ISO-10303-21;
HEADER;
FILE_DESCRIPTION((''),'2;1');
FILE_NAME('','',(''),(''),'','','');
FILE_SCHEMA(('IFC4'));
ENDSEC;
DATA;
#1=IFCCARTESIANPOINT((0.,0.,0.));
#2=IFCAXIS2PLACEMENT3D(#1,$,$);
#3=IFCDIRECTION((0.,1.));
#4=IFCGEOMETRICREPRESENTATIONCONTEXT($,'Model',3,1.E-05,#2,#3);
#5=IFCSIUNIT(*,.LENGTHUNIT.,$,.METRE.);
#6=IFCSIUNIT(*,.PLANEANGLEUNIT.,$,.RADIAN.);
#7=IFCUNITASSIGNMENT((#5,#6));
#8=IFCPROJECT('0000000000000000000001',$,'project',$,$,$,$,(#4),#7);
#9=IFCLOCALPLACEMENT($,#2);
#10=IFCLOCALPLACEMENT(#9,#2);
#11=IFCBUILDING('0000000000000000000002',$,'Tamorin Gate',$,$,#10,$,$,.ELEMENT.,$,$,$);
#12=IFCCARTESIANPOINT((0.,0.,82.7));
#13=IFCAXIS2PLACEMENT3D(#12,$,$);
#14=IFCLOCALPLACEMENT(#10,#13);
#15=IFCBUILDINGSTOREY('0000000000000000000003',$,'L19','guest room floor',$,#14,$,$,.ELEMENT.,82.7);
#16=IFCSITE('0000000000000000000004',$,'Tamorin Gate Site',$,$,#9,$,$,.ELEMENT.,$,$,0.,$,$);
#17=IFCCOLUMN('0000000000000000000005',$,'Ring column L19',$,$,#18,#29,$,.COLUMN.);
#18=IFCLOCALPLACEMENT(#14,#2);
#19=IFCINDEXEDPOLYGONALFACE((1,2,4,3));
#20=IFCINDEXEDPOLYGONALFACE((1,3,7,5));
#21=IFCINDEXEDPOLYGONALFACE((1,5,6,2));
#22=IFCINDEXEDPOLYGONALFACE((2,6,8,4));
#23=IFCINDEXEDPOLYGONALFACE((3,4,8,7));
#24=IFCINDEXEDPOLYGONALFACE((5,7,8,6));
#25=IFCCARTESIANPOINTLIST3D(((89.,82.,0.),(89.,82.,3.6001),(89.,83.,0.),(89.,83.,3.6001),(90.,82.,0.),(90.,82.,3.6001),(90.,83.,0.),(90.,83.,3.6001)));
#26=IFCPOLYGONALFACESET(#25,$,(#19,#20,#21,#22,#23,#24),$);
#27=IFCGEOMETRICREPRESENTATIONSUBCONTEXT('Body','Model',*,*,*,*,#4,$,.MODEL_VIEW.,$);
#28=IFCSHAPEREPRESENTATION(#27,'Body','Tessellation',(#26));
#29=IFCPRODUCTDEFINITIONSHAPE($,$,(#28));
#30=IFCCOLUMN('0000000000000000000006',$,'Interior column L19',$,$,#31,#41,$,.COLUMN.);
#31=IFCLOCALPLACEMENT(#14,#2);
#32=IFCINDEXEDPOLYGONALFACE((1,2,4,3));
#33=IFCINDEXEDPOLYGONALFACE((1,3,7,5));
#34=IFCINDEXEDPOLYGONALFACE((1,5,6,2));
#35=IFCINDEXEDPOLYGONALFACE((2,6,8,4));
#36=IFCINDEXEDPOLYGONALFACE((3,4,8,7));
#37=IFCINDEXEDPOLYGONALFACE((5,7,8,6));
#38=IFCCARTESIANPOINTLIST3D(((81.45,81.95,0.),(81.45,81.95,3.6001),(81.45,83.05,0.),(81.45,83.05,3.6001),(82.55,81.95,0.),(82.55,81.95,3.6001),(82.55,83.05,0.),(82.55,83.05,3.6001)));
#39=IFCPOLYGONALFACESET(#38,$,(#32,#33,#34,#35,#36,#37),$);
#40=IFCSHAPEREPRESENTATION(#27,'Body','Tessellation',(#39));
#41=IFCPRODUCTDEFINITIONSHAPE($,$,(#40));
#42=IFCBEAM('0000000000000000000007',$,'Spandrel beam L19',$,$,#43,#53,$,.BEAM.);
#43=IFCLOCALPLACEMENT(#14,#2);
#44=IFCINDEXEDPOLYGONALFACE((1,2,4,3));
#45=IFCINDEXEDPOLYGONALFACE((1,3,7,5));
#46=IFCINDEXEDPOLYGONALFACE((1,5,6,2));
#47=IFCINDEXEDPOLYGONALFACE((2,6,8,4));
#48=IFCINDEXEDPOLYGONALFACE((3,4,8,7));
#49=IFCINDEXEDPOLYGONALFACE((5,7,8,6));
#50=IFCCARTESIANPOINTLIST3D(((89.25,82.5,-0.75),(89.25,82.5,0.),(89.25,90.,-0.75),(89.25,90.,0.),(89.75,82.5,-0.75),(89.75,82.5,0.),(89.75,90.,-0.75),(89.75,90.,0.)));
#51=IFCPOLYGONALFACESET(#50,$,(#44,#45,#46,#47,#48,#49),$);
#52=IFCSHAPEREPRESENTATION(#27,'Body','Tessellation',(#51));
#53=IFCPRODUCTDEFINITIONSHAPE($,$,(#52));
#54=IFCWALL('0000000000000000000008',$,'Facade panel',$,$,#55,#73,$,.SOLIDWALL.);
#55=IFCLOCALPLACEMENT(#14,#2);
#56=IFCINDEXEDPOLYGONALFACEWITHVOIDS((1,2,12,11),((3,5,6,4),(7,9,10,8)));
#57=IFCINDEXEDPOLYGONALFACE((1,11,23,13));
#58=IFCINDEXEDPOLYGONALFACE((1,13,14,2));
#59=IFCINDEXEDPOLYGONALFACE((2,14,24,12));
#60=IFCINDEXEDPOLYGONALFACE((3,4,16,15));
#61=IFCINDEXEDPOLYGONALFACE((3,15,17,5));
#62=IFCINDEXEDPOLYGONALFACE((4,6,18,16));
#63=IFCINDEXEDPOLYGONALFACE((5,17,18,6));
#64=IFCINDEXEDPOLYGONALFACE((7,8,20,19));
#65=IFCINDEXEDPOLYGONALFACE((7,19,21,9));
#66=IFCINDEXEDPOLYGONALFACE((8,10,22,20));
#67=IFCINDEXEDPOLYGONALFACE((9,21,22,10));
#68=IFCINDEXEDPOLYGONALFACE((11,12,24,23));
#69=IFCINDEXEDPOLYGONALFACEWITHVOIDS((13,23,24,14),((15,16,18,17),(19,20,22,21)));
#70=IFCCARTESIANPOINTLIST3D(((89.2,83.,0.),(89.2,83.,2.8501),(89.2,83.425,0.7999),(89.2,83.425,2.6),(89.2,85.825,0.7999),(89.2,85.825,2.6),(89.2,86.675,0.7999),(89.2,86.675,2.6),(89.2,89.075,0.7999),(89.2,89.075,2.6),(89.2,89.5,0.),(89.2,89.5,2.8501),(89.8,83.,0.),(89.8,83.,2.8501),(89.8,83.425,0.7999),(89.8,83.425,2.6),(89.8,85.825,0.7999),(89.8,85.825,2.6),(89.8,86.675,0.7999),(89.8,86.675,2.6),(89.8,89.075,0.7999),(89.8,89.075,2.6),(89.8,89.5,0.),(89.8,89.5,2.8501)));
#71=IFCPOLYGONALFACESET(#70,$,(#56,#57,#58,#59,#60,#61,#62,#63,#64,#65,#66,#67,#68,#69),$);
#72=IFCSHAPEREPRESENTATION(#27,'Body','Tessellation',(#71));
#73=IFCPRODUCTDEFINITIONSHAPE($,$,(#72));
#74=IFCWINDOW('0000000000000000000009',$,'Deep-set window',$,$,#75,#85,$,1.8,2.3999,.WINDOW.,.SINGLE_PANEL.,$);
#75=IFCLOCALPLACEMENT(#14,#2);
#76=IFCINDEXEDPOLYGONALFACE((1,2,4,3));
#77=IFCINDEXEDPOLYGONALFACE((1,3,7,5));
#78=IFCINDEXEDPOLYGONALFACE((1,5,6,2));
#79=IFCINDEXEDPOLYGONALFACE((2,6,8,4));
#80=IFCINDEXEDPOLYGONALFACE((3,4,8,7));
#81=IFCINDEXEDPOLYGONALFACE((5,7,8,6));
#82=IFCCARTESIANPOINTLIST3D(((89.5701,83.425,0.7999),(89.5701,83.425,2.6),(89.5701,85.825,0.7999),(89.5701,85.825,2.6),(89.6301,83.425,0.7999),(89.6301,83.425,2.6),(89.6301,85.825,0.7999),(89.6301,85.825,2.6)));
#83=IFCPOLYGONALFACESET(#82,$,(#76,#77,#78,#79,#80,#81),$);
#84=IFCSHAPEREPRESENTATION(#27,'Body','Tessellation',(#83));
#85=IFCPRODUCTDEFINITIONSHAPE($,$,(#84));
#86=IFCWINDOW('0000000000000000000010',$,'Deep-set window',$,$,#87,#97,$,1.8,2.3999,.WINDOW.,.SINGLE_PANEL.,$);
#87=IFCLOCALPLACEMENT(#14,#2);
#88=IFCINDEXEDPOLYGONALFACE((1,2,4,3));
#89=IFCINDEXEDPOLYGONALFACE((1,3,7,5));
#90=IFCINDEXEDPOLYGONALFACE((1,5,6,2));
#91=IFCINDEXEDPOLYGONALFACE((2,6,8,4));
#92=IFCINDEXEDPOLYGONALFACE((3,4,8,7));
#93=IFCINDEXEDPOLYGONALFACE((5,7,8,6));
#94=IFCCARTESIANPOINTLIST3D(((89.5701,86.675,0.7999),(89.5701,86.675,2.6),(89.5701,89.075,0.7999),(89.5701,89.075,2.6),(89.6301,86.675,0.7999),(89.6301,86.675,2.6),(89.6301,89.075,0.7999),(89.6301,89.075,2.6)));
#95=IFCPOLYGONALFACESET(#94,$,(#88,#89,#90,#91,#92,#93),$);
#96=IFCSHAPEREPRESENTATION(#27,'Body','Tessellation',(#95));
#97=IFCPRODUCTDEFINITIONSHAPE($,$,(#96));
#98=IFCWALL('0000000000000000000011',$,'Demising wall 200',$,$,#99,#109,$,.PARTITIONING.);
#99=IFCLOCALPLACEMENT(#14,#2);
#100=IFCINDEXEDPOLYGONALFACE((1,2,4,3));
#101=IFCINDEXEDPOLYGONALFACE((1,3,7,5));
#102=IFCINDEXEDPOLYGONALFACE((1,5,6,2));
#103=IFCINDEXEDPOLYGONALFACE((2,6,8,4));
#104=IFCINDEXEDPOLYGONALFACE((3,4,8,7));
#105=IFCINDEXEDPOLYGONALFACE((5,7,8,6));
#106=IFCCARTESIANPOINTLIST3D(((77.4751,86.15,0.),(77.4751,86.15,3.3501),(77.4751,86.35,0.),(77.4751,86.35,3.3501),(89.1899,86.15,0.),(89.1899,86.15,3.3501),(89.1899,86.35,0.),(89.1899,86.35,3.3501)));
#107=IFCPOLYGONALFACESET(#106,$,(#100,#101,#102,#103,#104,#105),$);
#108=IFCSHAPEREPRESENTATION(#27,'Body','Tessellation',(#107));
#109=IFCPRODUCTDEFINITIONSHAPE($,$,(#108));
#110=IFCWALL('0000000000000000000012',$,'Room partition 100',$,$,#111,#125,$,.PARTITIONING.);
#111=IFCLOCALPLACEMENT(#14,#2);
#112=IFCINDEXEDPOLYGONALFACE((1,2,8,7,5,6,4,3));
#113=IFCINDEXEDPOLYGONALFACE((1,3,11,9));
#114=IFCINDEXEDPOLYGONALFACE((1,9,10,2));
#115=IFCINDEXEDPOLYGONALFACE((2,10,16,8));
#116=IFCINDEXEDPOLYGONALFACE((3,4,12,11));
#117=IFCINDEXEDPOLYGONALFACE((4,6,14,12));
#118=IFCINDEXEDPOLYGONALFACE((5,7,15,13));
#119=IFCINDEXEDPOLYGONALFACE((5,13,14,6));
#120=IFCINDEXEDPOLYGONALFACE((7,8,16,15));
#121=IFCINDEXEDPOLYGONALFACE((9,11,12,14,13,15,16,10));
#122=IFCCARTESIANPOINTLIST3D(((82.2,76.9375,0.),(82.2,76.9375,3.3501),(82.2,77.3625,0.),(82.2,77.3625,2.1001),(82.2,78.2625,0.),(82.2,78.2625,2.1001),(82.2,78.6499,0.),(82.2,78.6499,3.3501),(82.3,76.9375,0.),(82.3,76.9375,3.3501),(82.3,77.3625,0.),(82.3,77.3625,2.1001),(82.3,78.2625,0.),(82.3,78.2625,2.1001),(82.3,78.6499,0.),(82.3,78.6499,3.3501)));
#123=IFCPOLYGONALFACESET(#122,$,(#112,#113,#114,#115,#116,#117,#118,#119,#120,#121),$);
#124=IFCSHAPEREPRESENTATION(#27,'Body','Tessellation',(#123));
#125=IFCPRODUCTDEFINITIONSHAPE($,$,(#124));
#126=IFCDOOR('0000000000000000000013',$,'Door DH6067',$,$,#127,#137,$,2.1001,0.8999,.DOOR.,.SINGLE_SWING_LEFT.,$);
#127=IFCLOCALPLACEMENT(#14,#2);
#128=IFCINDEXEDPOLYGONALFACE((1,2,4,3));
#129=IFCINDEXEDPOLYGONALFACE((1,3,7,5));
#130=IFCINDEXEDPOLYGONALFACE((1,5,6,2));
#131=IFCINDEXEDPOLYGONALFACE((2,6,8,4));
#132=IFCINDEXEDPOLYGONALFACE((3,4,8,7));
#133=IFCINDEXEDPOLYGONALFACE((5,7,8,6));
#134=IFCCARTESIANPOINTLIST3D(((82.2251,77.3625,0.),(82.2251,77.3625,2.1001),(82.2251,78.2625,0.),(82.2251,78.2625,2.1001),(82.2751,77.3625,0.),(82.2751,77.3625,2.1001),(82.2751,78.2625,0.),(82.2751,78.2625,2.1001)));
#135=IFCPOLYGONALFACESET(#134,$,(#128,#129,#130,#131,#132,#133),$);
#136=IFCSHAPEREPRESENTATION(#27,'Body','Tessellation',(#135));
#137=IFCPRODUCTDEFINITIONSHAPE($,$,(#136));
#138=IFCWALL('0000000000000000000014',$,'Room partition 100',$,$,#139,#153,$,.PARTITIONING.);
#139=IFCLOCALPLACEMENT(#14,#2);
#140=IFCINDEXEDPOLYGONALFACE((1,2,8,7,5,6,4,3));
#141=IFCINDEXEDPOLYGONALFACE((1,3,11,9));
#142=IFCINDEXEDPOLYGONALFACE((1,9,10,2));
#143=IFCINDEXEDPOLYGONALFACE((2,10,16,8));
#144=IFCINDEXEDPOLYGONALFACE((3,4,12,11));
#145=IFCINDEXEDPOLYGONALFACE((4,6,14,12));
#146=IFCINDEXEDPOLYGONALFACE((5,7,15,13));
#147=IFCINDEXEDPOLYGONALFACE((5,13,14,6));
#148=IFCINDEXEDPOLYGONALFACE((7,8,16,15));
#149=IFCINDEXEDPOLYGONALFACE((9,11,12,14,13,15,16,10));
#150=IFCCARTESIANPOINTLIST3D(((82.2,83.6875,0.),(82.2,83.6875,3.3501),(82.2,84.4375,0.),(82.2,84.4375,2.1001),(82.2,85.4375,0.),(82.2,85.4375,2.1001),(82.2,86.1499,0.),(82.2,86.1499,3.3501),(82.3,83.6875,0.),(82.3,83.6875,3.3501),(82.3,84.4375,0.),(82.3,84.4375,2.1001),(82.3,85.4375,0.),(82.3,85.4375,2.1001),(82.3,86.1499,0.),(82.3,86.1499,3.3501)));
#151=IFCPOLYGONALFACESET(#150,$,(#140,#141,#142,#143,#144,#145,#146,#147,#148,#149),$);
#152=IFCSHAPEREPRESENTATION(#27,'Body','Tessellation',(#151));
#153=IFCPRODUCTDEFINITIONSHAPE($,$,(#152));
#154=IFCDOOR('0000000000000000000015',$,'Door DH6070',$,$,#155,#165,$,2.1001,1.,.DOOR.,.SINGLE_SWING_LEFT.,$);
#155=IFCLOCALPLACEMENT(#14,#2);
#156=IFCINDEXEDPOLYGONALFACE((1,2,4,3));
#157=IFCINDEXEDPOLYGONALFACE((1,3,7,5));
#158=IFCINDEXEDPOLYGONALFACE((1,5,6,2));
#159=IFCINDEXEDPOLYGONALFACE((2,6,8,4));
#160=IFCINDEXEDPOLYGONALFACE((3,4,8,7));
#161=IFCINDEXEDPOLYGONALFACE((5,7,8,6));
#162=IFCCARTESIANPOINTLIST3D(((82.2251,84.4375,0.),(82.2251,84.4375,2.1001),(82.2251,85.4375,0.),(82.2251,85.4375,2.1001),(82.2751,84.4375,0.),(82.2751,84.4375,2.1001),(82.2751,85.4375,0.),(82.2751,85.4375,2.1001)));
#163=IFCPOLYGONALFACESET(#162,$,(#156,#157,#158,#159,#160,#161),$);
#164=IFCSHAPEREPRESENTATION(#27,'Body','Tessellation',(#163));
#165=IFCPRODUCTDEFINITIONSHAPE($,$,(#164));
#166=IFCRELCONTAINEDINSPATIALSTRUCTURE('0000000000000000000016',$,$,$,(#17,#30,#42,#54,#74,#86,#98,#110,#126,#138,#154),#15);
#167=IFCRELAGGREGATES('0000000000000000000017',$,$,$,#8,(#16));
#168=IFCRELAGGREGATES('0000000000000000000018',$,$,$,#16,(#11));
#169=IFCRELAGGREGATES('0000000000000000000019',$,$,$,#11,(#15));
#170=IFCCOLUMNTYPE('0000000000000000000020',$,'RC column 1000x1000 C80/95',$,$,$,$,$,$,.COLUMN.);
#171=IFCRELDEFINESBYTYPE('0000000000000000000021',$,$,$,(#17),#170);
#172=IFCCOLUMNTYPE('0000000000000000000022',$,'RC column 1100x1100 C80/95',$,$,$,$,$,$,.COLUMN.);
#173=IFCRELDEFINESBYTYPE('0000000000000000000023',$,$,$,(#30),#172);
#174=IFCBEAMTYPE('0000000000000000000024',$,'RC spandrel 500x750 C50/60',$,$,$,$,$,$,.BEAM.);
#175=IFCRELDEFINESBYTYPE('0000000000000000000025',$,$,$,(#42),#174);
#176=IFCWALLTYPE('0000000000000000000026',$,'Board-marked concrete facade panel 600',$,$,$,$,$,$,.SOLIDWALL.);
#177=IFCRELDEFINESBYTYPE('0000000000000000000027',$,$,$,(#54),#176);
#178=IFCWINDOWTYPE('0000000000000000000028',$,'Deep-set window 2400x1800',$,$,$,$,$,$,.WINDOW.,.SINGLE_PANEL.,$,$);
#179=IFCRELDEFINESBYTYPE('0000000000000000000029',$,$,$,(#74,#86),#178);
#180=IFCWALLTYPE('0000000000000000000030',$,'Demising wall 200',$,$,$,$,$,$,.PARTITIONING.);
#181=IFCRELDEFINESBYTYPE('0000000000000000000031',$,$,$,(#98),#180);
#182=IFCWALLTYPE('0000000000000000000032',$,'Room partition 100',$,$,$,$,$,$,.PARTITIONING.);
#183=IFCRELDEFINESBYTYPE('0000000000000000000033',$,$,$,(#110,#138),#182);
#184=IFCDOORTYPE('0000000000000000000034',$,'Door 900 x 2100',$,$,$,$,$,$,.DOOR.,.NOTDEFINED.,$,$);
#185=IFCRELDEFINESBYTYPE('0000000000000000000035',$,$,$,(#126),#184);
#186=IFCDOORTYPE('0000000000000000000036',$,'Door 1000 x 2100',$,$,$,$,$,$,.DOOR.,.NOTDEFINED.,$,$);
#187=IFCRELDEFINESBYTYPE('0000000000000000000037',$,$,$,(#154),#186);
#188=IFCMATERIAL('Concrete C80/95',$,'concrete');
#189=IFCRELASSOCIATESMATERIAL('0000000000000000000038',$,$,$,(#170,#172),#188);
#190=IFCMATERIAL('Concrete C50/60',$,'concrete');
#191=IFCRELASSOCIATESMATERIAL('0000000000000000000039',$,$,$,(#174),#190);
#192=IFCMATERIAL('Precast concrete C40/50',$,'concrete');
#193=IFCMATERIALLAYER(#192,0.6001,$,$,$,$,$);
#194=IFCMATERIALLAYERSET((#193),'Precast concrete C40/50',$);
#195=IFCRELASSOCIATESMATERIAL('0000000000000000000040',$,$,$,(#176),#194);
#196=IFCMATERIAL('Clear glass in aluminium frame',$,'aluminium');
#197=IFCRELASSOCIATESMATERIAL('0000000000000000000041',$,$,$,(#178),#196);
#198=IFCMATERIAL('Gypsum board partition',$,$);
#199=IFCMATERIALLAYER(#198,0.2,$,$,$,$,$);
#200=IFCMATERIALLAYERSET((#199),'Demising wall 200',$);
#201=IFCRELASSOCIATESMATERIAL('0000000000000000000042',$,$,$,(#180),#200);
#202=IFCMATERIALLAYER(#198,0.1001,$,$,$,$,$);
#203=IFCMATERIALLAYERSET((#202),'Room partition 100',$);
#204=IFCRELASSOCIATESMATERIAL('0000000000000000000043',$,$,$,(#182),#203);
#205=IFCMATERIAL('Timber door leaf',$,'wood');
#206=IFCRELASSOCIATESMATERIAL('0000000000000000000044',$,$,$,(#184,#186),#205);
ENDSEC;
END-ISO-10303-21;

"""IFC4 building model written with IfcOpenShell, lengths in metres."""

from ifc_helpers import new_model, si_unit, direction, frame, frame_2d, origin, origin_2d, place, context, subcontext, project, spatial, rectangle, extrude, material, layer, layer_set, material_profile, profile_set, type_object, element, fill, save


model = new_model("IFC4")

# Units and contexts
model_context = context("Model", 3, precision=1e-05, world=origin(), true_north=direction((0.0, 1.0)))
body_context = subcontext(model_context, "Body", "Model", "MODEL_VIEW")
ifc_project = project(units=[si_unit("LENGTHUNIT", "METRE"), si_unit("PLANEANGLEUNIT", "RADIAN")], contexts=[model_context])

# Site, building, storey
site_placement = place(None, origin())
site = spatial("IfcSite", under=ifc_project, at=site_placement, Name="Tamorin Gate Site", CompositionType="ELEMENT", RefElevation=0.0)
building_placement = place(site_placement, origin())
building = spatial("IfcBuilding", under=site, at=building_placement, Name="Tamorin Gate", CompositionType="ELEMENT")
storey_placement = place(building_placement, frame((0.0, 0.0, 82.7)))
storey = spatial("IfcBuildingStorey", under=building, at=storey_placement, Name="L19", Description="guest room floor", CompositionType="ELEMENT", Elevation=82.7)

# Columns
ifc_material_1 = material(Name="Concrete C80/95", Category="concrete")
ifc_material_profile_1 = material_profile(ifc_material_1, rectangle(XDim=1.0, YDim=1.0, at=origin_2d()), Name="RC 1000x1000")
ifc_profile_set_1 = profile_set([ifc_material_profile_1], Name="Concrete C80/95")
column_type_1 = type_object("IfcColumnType", Name="RC column 1000x1000 C80/95", PredefinedType="COLUMN", material=ifc_profile_set_1)
column_1_placement = place(storey_placement, frame((89.5, 82.5, 0.0), z_axis=(0.0, 0.0, 1.0), x_axis=(1.0, 0.0, 0.0)))
element("IfcColumn", 1, at=column_1_placement, inside=storey, type_object=column_type_1, Name="Ring column L19", PredefinedType="COLUMN", context=body_context, shape_type="SweptSolid", body=[
    extrude(rectangle(XDim=1.0, YDim=1.0, at=origin_2d()), origin(), (0.0, 0.0, 1.0), 3.6001),
])
ifc_material_profile_2 = material_profile(ifc_material_1, rectangle(XDim=1.1001, YDim=1.1001, at=origin_2d()), Name="RC 1100x1100")
ifc_profile_set_2 = profile_set([ifc_material_profile_2], Name="Concrete C80/95")
column_type_2 = type_object("IfcColumnType", Name="RC column 1100x1100 C80/95", PredefinedType="COLUMN", material=ifc_profile_set_2)
column_2_placement = place(storey_placement, frame((82.0, 82.5, 0.0), z_axis=(0.0, 0.0, 1.0), x_axis=(1.0, 0.0, 0.0)))
element("IfcColumn", 2, at=column_2_placement, inside=storey, type_object=column_type_2, Name="Interior column L19", PredefinedType="COLUMN", context=body_context, shape_type="SweptSolid", body=[
    extrude(rectangle(XDim=1.1001, YDim=1.1001, at=origin_2d()), origin(), (0.0, 0.0, 1.0), 3.6001),
])

# Beam
ifc_material_2 = material(Name="Concrete C50/60", Category="concrete")
ifc_material_profile_3 = material_profile(ifc_material_2, rectangle(XDim=0.5, YDim=0.75, at=origin_2d()), Name="RC 500x750")
ifc_profile_set_3 = profile_set([ifc_material_profile_3], Name="Concrete C50/60")
beam_type = type_object("IfcBeamType", Name="RC spandrel 500x750 C50/60", PredefinedType="BEAM", material=ifc_profile_set_3)
beam_placement = place(storey_placement, frame((89.5, 82.5, -0.375), z_axis=(0.0, 1.0, 0.0), x_axis=(-1.0, 0.0, 0.0)))
element("IfcBeam", 3, at=beam_placement, inside=storey, type_object=beam_type, Name="Spandrel beam L19", PredefinedType="BEAM", context=body_context, shape_type="SweptSolid", body=[
    extrude(rectangle(XDim=0.5, YDim=0.75, at=origin_2d()), origin(), (0.0, 0.0, 1.0), 7.5),
])

# Wall, openings, windows
ifc_material_3 = material(Name="Precast concrete C40/50", Category="concrete")
ifc_layer_1 = layer(ifc_material_3, 0.6001)
ifc_layer_set_1 = layer_set([ifc_layer_1], Name="Precast concrete C40/50")
wall_type_1 = type_object("IfcWallType", Name="Board-marked concrete facade panel 600", PredefinedType="SOLIDWALL", material=ifc_layer_set_1)
wall_1_placement = place(storey_placement, frame((89.5, 83.0, 0.0), z_axis=(0.0, 0.0, 1.0), x_axis=(0.0, 1.0, 0.0)))
wall_1 = element("IfcWall", 4, at=wall_1_placement, inside=storey, type_object=wall_type_1, Name="Facade panel", PredefinedType="SOLIDWALL", context=body_context, shape_type="SweptSolid", body=[
    extrude(rectangle(XDim=6.5, YDim=0.6001, at=frame_2d((3.25, 0.0))), origin(), (0.0, 0.0, 1.0), 2.8501),
])
opening_1_placement = place(wall_1_placement, frame((0.425, 0.0, 0.8)))
opening_1 = element("IfcOpeningElement", 5, at=opening_1_placement, cuts=wall_1, PredefinedType="OPENING", context=body_context, shape_type="SweptSolid", body=[
    extrude(rectangle(XDim=2.3999, YDim=1.8, at=frame_2d((1.2, 0.8999))), frame((0.0, 0.3101, 0.0), z_axis=(0.0, -1.0, 0.0), x_axis=(1.0, 0.0, 0.0)), (0.0, 0.0, 1.0), 0.6201),
])
opening_2_placement = place(wall_1_placement, frame((3.675, 0.0, 0.8)))
opening_2 = element("IfcOpeningElement", 6, at=opening_2_placement, cuts=wall_1, PredefinedType="OPENING", context=body_context, shape_type="SweptSolid", body=[
    extrude(rectangle(XDim=2.3999, YDim=1.8, at=frame_2d((1.2, 0.8999))), frame((0.0, 0.3101, 0.0), z_axis=(0.0, -1.0, 0.0), x_axis=(1.0, 0.0, 0.0)), (0.0, 0.0, 1.0), 0.6201),
])
ifc_material_4 = material(Name="Clear glass in aluminium frame", Category="aluminium")
window_type = type_object("IfcWindowType", Name="Deep-set window 2400x1800", PartitioningType="SINGLE_PANEL", PredefinedType="WINDOW", material=ifc_material_4)
window_1_placement = place(opening_1_placement, origin())
window_1 = element("IfcWindow", 7, at=window_1_placement, inside=storey, type_object=window_type, Name="Deep-set window", OverallHeight=1.8, OverallWidth=2.3999, PartitioningType="SINGLE_PANEL", PredefinedType="WINDOW", context=body_context, shape_type="SweptSolid", body=[
    extrude(rectangle(XDim=2.3999, YDim=1.8, at=frame_2d((1.2, 0.8999))), frame((0.0, -0.0701, 0.0), z_axis=(0.0, -1.0, 0.0), x_axis=(1.0, 0.0, 0.0)), (0.0, 0.0, 1.0), 0.0601),
])
fill(opening_1, window_1)
window_2_placement = place(opening_2_placement, origin())
window_2 = element("IfcWindow", 8, at=window_2_placement, inside=storey, type_object=window_type, Name="Deep-set window", OverallHeight=1.8, OverallWidth=2.3999, PartitioningType="SINGLE_PANEL", PredefinedType="WINDOW", context=body_context, shape_type="SweptSolid", body=[
    extrude(rectangle(XDim=2.3999, YDim=1.8, at=frame_2d((1.2, 0.8999))), frame((0.0, -0.0701, 0.0), z_axis=(0.0, -1.0, 0.0), x_axis=(1.0, 0.0, 0.0)), (0.0, 0.0, 1.0), 0.0601),
])
fill(opening_2, window_2)

# Wall
ifc_material_5 = material(Name="Gypsum board partition")
ifc_layer_2 = layer(ifc_material_5, 0.2)
ifc_layer_set_2 = layer_set([ifc_layer_2], Name="Demising wall 200")
wall_type_2 = type_object("IfcWallType", Name="Demising wall 200", PredefinedType="PARTITIONING", material=ifc_layer_set_2)
wall_2_placement = place(storey_placement, frame((77.4751, 86.25, 0.0), z_axis=(0.0, 0.0, 1.0), x_axis=(1.0, 0.0, 0.0)))
element("IfcWall", 9, at=wall_2_placement, inside=storey, type_object=wall_type_2, Name="Demising wall 200", PredefinedType="PARTITIONING", context=body_context, shape_type="SweptSolid", body=[
    extrude(rectangle(XDim=11.7148, YDim=0.2, at=frame_2d((5.8574, 0.0))), origin(), (0.0, 0.0, 1.0), 3.3501),
])

# Walls, openings, doors
ifc_layer_3 = layer(ifc_material_5, 0.1001)
ifc_layer_set_3 = layer_set([ifc_layer_3], Name="Room partition 100")
wall_type_3 = type_object("IfcWallType", Name="Room partition 100", PredefinedType="PARTITIONING", material=ifc_layer_set_3)
wall_3_placement = place(storey_placement, frame((82.25, 76.9375, 0.0), z_axis=(0.0, 0.0, 1.0), x_axis=(0.0, 1.0, 0.0)))
wall_3 = element("IfcWall", 10, at=wall_3_placement, inside=storey, type_object=wall_type_3, Name="Room partition 100", PredefinedType="PARTITIONING", context=body_context, shape_type="SweptSolid", body=[
    extrude(rectangle(XDim=1.7124, YDim=0.1001, at=frame_2d((0.8562, 0.0))), origin(), (0.0, 0.0, 1.0), 3.3501),
])
opening_3_placement = place(wall_3_placement, frame((0.425, 0.0, 0.0)))
opening_3 = element("IfcOpeningElement", 11, at=opening_3_placement, cuts=wall_3, PredefinedType="OPENING", context=body_context, shape_type="SweptSolid", body=[
    extrude(rectangle(XDim=0.8999, YDim=2.1001, at=frame_2d((0.45, 1.05))), frame((0.0, 0.0601, 0.0), z_axis=(0.0, -1.0, 0.0), x_axis=(1.0, 0.0, 0.0)), (0.0, 0.0, 1.0), 0.1201),
])
ifc_material_6 = material(Name="Timber door leaf", Category="wood")
door_type_1 = type_object("IfcDoorType", Name="Door 900 x 2100", OperationType="NOTDEFINED", PredefinedType="DOOR", material=ifc_material_6)
door_1_placement = place(opening_3_placement, origin())
door_1 = element("IfcDoor", 12, at=door_1_placement, inside=storey, type_object=door_type_1, Name="Door DH6067", OperationType="SINGLE_SWING_LEFT", OverallHeight=2.1001, OverallWidth=0.8999, PredefinedType="DOOR", context=body_context, shape_type="SweptSolid", body=[
    extrude(rectangle(XDim=0.8999, YDim=2.1001, at=frame_2d((0.45, 1.05))), frame((0.0, 0.0249, 0.0), z_axis=(0.0, -1.0, 0.0), x_axis=(1.0, 0.0, 0.0)), (0.0, 0.0, 1.0), 0.05),
])
fill(opening_3, door_1)
wall_4_placement = place(storey_placement, frame((82.25, 83.6875, 0.0), z_axis=(0.0, 0.0, 1.0), x_axis=(0.0, 1.0, 0.0)))
wall_4 = element("IfcWall", 13, at=wall_4_placement, inside=storey, type_object=wall_type_3, Name="Room partition 100", PredefinedType="PARTITIONING", context=body_context, shape_type="SweptSolid", body=[
    extrude(rectangle(XDim=2.4624, YDim=0.1001, at=frame_2d((1.2312, 0.0))), origin(), (0.0, 0.0, 1.0), 3.3501),
])
opening_4_placement = place(wall_4_placement, frame((0.75, 0.0, 0.0)))
opening_4 = element("IfcOpeningElement", 14, at=opening_4_placement, cuts=wall_4, PredefinedType="OPENING", context=body_context, shape_type="SweptSolid", body=[
    extrude(rectangle(XDim=1.0, YDim=2.1001, at=frame_2d((0.5, 1.05))), frame((0.0, 0.0601, 0.0), z_axis=(0.0, -1.0, 0.0), x_axis=(1.0, 0.0, 0.0)), (0.0, 0.0, 1.0), 0.1201),
])
door_type_2 = type_object("IfcDoorType", Name="Door 1000 x 2100", OperationType="NOTDEFINED", PredefinedType="DOOR", material=ifc_material_6)
door_2_placement = place(opening_4_placement, origin())
door_2 = element("IfcDoor", 15, at=door_2_placement, inside=storey, type_object=door_type_2, Name="Door DH6070", OperationType="SINGLE_SWING_LEFT", OverallHeight=2.1001, OverallWidth=1.0, PredefinedType="DOOR", context=body_context, shape_type="SweptSolid", body=[
    extrude(rectangle(XDim=1.0, YDim=2.1001, at=frame_2d((0.5, 1.05))), frame((0.0, 0.0249, 0.0), z_axis=(0.0, -1.0, 0.0), x_axis=(1.0, 0.0, 0.0)), (0.0, 0.0, 1.0), 0.05),
])
fill(opening_4, door_2)

save(model, "model.ifc")
